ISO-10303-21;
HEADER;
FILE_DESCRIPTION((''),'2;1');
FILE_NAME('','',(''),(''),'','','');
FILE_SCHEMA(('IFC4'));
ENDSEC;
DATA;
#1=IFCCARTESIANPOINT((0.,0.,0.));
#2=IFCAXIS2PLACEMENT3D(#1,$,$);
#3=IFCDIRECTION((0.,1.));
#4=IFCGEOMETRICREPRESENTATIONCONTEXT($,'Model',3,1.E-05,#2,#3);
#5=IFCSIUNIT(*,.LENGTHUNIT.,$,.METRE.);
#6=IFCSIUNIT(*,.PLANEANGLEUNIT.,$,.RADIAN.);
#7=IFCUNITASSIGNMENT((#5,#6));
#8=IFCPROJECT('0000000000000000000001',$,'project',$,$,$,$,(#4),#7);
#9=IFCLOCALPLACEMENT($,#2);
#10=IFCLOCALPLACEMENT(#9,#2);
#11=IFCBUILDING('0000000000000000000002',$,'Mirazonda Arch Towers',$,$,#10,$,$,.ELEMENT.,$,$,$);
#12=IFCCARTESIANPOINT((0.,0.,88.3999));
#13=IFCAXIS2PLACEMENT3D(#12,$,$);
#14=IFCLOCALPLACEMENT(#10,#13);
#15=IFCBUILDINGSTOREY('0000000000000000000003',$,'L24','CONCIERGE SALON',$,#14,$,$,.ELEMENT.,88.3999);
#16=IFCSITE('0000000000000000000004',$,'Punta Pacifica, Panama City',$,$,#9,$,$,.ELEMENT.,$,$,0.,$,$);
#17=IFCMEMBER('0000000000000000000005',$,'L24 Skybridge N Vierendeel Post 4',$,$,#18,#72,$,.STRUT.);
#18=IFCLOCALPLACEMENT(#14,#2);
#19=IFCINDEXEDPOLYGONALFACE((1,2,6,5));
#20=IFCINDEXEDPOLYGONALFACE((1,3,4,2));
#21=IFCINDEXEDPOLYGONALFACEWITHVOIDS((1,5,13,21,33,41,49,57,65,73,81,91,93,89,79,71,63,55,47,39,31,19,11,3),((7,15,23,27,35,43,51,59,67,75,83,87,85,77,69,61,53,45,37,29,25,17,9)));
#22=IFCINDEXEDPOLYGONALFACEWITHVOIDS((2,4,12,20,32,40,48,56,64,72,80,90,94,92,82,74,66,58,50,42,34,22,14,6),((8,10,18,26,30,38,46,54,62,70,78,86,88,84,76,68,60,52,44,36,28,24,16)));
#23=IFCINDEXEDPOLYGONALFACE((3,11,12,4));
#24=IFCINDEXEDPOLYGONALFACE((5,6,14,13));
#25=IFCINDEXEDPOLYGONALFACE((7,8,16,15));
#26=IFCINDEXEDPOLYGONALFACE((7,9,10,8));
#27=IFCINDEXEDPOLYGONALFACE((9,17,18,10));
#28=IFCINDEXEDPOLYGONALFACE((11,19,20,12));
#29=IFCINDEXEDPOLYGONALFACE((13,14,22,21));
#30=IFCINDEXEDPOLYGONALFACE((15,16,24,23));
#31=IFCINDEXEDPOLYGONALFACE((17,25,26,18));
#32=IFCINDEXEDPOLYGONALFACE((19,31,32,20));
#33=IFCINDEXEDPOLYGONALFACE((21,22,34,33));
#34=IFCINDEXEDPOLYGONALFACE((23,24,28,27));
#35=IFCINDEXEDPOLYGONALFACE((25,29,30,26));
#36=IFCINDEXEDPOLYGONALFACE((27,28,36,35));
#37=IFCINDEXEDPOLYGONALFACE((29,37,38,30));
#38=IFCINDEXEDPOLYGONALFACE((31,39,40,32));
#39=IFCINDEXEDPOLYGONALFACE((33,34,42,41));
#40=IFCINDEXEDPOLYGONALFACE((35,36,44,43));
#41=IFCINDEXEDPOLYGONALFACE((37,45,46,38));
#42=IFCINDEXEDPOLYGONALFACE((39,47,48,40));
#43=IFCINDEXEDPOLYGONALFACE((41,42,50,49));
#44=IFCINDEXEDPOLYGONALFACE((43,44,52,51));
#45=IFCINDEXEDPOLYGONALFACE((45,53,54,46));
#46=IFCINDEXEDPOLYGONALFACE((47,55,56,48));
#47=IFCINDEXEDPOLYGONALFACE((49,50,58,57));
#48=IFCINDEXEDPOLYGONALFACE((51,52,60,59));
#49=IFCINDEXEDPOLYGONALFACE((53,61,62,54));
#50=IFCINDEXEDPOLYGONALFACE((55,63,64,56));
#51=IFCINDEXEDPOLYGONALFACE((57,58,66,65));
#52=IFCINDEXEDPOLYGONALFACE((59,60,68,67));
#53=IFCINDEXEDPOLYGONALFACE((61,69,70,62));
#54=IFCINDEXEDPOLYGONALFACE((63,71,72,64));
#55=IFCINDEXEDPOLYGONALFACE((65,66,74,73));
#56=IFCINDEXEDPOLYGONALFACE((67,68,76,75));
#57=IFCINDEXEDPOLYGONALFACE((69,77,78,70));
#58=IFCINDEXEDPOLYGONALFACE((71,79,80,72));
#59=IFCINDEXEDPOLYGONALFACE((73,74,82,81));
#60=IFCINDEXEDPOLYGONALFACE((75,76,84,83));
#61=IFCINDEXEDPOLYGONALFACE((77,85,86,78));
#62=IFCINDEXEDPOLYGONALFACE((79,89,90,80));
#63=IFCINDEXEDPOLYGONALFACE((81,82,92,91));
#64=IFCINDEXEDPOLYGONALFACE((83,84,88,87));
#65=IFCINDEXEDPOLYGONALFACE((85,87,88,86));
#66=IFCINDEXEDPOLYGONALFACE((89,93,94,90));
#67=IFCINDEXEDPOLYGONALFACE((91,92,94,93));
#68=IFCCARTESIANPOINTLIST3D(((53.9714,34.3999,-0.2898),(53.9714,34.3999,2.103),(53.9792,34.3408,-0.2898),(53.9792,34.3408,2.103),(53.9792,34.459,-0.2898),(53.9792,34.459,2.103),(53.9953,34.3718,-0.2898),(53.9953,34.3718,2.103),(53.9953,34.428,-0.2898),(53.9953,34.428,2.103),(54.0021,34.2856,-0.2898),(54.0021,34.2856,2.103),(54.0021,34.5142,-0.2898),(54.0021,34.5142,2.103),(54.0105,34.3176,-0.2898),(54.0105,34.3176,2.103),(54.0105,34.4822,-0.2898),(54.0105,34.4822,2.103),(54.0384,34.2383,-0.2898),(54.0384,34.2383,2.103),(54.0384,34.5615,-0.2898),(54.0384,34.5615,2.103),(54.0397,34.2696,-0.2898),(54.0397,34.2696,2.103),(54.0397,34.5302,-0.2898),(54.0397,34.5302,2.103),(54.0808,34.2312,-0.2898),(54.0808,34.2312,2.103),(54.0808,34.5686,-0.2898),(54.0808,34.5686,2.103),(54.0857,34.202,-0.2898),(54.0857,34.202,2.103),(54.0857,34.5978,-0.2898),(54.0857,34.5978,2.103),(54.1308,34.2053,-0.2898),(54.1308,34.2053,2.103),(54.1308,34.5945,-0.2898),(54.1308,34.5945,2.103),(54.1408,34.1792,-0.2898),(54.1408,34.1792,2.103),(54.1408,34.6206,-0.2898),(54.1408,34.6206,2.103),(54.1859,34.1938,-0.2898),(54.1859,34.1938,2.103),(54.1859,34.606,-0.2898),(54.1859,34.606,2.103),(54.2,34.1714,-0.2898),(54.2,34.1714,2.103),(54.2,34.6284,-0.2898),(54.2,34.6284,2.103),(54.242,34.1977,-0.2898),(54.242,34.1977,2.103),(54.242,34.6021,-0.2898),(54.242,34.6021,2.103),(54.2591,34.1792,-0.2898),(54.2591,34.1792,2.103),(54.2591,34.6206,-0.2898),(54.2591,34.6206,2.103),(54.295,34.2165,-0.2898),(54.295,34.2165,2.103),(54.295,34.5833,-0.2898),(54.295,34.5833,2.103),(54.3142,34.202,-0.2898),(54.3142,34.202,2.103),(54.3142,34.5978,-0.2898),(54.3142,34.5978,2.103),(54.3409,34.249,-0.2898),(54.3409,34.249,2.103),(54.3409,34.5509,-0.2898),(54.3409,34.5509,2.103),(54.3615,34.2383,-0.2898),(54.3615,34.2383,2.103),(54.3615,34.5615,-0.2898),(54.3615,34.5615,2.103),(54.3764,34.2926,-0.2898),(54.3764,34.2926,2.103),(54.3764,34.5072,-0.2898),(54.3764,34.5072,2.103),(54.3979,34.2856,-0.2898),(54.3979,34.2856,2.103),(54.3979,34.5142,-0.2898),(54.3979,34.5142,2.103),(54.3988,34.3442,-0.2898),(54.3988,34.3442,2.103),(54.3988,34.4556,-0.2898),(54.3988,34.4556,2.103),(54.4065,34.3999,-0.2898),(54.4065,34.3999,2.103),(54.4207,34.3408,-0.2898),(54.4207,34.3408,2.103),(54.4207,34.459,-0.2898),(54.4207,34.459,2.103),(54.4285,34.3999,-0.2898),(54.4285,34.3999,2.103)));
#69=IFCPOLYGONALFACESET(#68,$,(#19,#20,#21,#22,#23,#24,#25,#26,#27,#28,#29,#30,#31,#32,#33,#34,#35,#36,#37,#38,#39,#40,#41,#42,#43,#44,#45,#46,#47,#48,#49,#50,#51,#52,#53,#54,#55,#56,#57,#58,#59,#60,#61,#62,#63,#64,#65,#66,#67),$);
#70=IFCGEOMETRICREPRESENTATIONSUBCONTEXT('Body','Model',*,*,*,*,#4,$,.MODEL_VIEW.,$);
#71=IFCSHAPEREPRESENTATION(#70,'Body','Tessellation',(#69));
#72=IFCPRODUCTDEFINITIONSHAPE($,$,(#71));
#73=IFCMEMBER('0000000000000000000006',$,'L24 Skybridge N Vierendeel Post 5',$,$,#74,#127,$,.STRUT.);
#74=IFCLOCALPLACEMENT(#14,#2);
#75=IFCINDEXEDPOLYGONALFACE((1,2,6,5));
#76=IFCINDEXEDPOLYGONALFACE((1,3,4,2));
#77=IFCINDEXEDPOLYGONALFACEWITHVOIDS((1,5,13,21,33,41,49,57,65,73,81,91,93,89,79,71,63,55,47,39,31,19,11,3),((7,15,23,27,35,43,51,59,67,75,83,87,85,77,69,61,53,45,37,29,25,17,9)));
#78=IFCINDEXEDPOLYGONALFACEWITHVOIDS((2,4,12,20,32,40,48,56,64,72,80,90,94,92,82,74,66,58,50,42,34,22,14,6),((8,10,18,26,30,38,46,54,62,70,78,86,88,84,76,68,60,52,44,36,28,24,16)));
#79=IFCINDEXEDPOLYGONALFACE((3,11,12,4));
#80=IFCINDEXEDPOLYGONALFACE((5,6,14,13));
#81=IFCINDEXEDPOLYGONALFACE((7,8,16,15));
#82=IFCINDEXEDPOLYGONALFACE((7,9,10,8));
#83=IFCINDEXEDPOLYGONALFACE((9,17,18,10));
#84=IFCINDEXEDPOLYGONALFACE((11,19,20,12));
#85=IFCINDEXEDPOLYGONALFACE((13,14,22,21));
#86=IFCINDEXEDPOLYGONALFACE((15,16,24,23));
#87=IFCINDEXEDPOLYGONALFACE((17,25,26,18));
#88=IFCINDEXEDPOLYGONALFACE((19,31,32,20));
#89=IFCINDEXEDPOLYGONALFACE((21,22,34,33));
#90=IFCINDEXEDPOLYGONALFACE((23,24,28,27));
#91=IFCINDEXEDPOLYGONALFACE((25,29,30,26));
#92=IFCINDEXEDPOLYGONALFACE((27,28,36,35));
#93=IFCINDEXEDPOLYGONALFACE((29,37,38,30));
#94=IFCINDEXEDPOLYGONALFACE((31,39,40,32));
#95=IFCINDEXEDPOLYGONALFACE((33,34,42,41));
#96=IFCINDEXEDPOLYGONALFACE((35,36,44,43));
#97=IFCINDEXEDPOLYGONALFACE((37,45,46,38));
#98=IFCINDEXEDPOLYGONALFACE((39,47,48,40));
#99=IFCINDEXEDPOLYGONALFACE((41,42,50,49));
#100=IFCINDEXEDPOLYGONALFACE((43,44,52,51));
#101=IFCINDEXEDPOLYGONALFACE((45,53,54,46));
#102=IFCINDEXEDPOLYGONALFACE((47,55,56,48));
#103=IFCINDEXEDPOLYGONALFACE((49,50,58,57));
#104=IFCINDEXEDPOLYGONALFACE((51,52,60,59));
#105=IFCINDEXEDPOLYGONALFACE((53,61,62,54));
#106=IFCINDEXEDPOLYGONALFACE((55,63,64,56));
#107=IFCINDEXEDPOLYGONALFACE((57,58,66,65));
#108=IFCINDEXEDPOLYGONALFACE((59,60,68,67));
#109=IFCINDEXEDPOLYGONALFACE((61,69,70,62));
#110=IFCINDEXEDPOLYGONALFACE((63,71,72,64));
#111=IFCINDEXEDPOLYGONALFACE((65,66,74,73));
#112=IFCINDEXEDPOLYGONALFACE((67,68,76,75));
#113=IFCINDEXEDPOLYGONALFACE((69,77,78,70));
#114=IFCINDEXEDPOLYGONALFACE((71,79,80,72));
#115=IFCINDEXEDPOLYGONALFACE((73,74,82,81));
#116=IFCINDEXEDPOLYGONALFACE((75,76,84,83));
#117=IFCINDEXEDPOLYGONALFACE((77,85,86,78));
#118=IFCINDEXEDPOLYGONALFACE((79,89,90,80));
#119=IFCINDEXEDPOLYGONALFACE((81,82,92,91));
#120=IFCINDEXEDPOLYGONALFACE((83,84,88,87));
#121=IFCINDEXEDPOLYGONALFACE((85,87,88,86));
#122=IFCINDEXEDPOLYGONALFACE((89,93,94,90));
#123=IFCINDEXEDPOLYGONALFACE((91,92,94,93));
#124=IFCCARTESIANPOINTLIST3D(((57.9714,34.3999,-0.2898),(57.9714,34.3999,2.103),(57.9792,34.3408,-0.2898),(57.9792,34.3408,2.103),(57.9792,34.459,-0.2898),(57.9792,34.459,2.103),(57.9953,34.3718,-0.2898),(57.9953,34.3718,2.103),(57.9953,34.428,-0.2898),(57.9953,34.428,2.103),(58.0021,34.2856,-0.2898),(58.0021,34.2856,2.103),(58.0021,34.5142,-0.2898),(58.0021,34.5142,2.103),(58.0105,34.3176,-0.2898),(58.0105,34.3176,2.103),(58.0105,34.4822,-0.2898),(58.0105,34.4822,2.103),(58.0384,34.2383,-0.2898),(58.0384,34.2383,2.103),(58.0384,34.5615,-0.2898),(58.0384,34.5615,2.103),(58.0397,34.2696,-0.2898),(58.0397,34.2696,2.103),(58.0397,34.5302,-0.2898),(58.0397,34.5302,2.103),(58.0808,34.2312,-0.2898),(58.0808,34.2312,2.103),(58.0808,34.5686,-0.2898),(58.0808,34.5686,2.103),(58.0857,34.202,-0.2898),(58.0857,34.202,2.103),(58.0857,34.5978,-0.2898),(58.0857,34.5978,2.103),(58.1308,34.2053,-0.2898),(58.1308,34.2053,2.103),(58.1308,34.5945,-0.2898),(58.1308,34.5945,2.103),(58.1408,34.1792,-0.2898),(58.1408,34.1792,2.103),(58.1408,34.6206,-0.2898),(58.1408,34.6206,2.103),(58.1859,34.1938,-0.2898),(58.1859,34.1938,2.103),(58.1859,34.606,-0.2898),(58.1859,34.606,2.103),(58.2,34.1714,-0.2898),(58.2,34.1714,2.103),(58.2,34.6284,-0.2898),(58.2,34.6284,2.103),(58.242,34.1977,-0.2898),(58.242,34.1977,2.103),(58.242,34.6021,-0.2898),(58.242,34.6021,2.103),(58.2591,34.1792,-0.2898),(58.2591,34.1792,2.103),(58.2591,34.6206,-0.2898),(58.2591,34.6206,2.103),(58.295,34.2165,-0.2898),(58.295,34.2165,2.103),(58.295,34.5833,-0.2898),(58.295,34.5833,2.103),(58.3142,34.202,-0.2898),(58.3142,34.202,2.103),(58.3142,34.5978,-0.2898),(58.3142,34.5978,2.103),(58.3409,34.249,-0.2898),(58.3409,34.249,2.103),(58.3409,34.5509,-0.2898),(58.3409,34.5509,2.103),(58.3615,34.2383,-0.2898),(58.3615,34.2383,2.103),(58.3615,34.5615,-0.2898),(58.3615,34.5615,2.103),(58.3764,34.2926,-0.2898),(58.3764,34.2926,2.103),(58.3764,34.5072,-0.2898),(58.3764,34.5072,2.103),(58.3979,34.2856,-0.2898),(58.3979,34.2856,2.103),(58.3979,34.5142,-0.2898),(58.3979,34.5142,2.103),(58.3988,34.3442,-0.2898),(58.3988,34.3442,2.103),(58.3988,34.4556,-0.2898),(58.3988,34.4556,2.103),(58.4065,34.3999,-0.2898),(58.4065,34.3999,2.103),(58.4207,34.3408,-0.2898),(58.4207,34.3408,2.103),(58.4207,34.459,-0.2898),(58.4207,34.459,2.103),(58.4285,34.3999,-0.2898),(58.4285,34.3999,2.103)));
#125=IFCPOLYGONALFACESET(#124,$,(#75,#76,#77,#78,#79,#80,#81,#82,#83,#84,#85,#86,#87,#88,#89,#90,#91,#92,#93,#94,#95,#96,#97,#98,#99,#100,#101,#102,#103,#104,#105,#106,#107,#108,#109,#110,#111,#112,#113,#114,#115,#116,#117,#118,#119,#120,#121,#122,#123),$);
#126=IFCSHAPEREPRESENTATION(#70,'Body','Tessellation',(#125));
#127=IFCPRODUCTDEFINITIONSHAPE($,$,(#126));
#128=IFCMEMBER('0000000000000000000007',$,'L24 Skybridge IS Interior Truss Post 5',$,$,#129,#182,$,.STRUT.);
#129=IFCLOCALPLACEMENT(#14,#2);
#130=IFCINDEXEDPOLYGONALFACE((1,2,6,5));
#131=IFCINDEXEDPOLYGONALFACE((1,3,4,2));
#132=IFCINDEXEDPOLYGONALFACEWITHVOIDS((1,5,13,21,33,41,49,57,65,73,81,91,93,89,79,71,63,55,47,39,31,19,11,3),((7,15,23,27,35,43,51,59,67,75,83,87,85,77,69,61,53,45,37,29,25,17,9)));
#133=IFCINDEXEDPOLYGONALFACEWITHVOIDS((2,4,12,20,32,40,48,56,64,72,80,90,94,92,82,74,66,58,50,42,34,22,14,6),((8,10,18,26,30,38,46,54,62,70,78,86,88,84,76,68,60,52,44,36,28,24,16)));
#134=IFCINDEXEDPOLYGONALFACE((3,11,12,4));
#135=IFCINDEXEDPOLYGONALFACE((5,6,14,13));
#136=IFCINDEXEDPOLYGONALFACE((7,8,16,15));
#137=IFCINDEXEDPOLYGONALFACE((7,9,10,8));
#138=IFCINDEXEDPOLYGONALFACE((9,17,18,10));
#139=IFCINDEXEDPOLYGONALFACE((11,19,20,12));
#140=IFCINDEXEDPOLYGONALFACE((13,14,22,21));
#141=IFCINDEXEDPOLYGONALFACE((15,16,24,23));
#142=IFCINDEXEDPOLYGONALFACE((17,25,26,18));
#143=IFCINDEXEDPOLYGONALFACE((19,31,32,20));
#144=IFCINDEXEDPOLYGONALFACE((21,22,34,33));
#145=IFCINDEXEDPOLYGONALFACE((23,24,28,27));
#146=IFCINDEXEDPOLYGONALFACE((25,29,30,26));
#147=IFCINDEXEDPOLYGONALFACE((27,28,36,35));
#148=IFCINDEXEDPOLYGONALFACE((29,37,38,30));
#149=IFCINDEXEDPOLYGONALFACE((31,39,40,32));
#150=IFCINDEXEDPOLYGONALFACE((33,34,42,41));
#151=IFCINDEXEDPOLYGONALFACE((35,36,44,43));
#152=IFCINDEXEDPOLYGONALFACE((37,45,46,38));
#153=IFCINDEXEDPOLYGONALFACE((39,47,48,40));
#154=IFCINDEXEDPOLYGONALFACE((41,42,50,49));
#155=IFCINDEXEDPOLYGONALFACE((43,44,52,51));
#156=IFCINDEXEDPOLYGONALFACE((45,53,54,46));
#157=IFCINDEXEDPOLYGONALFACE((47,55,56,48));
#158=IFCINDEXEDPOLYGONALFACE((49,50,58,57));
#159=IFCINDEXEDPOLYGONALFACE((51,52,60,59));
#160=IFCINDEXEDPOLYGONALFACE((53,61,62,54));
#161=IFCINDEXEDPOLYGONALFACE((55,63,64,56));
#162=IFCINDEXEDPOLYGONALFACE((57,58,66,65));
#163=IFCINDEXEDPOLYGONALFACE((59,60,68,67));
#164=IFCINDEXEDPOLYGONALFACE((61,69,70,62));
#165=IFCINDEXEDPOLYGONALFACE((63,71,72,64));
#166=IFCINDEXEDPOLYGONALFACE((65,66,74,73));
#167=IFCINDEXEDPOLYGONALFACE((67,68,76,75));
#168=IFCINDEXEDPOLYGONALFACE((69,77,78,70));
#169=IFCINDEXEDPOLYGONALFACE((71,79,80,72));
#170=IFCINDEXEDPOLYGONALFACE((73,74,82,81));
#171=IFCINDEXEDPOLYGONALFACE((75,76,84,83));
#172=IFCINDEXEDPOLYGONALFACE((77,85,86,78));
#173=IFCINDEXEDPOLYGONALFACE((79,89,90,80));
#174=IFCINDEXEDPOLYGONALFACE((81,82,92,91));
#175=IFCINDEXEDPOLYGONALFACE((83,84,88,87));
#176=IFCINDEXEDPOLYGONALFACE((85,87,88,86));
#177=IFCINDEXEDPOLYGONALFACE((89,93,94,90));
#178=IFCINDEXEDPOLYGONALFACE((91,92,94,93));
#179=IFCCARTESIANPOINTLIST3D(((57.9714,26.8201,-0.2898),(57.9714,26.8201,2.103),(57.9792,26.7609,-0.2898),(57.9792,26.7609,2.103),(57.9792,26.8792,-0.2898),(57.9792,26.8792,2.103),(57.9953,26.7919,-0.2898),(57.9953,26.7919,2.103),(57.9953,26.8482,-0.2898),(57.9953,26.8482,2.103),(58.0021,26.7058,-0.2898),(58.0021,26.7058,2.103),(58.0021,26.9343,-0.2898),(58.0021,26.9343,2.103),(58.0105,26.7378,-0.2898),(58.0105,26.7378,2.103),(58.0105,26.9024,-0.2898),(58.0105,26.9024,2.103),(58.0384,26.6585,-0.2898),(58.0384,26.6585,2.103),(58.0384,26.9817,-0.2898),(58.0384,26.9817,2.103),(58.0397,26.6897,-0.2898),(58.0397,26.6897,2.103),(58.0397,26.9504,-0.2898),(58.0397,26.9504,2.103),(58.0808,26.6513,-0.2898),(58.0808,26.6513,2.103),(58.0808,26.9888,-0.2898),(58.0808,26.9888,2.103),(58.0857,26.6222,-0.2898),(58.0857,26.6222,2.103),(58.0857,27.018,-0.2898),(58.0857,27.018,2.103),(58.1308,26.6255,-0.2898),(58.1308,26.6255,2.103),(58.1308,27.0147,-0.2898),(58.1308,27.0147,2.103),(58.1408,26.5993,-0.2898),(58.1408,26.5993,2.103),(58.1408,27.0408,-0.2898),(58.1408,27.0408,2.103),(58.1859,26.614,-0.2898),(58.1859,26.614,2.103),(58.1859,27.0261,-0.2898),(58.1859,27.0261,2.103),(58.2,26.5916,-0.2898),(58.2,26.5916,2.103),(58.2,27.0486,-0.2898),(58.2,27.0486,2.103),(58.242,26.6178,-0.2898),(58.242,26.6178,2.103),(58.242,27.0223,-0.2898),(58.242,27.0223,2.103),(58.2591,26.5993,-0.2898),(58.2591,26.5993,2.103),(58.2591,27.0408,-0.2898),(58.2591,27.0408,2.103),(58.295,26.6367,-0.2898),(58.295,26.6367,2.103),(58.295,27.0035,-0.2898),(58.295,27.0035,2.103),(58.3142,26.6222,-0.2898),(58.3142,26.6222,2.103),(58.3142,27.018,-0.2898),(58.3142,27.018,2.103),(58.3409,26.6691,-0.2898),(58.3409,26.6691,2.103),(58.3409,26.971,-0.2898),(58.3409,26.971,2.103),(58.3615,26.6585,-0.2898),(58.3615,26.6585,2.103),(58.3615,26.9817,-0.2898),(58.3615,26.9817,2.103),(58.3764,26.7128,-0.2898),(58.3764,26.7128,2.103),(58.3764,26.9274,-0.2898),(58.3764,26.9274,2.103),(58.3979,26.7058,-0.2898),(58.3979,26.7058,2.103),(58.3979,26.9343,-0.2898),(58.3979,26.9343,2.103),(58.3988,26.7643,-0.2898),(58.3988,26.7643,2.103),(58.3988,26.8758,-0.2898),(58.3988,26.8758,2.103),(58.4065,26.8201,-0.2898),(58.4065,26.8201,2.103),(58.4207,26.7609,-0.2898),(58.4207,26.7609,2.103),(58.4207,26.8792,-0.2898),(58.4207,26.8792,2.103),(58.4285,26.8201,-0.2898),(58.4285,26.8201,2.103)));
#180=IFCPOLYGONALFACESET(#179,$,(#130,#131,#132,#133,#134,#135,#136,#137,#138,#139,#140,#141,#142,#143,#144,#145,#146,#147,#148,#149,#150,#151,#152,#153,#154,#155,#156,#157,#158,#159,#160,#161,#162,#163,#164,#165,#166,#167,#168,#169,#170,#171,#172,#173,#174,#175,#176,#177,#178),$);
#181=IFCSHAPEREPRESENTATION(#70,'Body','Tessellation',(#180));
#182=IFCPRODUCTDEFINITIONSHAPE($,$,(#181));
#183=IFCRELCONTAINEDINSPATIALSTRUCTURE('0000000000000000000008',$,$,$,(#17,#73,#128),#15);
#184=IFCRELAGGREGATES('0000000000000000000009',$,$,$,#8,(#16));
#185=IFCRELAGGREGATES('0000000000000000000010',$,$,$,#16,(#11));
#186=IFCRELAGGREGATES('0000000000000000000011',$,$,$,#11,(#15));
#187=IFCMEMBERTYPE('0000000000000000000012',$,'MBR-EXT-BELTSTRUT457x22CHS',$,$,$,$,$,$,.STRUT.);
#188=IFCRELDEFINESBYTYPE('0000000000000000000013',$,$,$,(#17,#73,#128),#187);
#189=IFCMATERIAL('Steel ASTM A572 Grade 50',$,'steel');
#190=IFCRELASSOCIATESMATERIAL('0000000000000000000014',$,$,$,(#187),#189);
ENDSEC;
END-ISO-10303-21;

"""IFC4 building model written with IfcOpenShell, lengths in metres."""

from ifc_helpers import new_model, si_unit, direction, frame, origin, origin_2d, place, context, subcontext, project, spatial, hollow_circle, extrude, material, material_profile, profile_set, type_object, element, save


model = new_model("IFC4")

# Units and contexts
model_context = context("Model", 3, precision=1e-05, world=origin(), true_north=direction((0.0, 1.0)))
body_context = subcontext(model_context, "Body", "Model", "MODEL_VIEW")
ifc_project = project(units=[si_unit("LENGTHUNIT", "METRE"), si_unit("PLANEANGLEUNIT", "RADIAN")], contexts=[model_context])

# Site, building, storey
site_placement = place(None, origin())
site = spatial("IfcSite", under=ifc_project, at=site_placement, Name="Punta Pacifica, Panama City", CompositionType="ELEMENT", RefElevation=0.0)
building_placement = place(site_placement, origin())
building = spatial("IfcBuilding", under=site, at=building_placement, Name="Mirazonda Arch Towers", CompositionType="ELEMENT")
storey_placement = place(building_placement, frame((0.0, 0.0, 88.3999)))
storey = spatial("IfcBuildingStorey", under=building, at=storey_placement, Name="L24", Description="CONCIERGE SALON", CompositionType="ELEMENT", Elevation=88.3999)

# Members
ifc_material_1 = material(Name="Steel ASTM A572 Grade 50", Category="steel")
ifc_material_profile_1 = material_profile(ifc_material_1, hollow_circle(Radius=0.2285, WallThickness=0.022, at=origin_2d()), Name="BELTSTRUT457x22CHS")
ifc_profile_set_1 = profile_set([ifc_material_profile_1], Name="Steel ASTM A572 Grade 50")
member_type_1 = type_object("IfcMemberType", Name="MBR-EXT-BELTSTRUT457x22CHS", PredefinedType="STRUT", material=ifc_profile_set_1)
for number, where, z_axis, x_axis, name in (
    (1, (54.2, 34.3999, -0.2898), (0.0, 0.0, 1.0), (1.0, 0.0, 0.0), "L24 Skybridge N Vierendeel Post 4"),
    (2, (58.2, 34.3999, -0.2898), (0.0, 0.0, 1.0), (1.0, 0.0, 0.0), "L24 Skybridge N Vierendeel Post 5"),
    (3, (58.2, 26.8201, -0.2898), (0.0, 0.0, 1.0), (1.0, 0.0, 0.0), "L24 Skybridge IS Interior Truss Post 5"),
):
    element("IfcMember", number, at=place(storey_placement, frame(where, z_axis=z_axis, x_axis=x_axis)), inside=storey, type_object=member_type_1, Name=name, PredefinedType="STRUT", context=body_context, shape_type="SweptSolid", body=[
        extrude(hollow_circle(Radius=0.2285, WallThickness=0.022, at=origin_2d()), origin(), (0.0, 0.0, 1.0), 2.3928),
    ])

save(model, "model.ifc")
